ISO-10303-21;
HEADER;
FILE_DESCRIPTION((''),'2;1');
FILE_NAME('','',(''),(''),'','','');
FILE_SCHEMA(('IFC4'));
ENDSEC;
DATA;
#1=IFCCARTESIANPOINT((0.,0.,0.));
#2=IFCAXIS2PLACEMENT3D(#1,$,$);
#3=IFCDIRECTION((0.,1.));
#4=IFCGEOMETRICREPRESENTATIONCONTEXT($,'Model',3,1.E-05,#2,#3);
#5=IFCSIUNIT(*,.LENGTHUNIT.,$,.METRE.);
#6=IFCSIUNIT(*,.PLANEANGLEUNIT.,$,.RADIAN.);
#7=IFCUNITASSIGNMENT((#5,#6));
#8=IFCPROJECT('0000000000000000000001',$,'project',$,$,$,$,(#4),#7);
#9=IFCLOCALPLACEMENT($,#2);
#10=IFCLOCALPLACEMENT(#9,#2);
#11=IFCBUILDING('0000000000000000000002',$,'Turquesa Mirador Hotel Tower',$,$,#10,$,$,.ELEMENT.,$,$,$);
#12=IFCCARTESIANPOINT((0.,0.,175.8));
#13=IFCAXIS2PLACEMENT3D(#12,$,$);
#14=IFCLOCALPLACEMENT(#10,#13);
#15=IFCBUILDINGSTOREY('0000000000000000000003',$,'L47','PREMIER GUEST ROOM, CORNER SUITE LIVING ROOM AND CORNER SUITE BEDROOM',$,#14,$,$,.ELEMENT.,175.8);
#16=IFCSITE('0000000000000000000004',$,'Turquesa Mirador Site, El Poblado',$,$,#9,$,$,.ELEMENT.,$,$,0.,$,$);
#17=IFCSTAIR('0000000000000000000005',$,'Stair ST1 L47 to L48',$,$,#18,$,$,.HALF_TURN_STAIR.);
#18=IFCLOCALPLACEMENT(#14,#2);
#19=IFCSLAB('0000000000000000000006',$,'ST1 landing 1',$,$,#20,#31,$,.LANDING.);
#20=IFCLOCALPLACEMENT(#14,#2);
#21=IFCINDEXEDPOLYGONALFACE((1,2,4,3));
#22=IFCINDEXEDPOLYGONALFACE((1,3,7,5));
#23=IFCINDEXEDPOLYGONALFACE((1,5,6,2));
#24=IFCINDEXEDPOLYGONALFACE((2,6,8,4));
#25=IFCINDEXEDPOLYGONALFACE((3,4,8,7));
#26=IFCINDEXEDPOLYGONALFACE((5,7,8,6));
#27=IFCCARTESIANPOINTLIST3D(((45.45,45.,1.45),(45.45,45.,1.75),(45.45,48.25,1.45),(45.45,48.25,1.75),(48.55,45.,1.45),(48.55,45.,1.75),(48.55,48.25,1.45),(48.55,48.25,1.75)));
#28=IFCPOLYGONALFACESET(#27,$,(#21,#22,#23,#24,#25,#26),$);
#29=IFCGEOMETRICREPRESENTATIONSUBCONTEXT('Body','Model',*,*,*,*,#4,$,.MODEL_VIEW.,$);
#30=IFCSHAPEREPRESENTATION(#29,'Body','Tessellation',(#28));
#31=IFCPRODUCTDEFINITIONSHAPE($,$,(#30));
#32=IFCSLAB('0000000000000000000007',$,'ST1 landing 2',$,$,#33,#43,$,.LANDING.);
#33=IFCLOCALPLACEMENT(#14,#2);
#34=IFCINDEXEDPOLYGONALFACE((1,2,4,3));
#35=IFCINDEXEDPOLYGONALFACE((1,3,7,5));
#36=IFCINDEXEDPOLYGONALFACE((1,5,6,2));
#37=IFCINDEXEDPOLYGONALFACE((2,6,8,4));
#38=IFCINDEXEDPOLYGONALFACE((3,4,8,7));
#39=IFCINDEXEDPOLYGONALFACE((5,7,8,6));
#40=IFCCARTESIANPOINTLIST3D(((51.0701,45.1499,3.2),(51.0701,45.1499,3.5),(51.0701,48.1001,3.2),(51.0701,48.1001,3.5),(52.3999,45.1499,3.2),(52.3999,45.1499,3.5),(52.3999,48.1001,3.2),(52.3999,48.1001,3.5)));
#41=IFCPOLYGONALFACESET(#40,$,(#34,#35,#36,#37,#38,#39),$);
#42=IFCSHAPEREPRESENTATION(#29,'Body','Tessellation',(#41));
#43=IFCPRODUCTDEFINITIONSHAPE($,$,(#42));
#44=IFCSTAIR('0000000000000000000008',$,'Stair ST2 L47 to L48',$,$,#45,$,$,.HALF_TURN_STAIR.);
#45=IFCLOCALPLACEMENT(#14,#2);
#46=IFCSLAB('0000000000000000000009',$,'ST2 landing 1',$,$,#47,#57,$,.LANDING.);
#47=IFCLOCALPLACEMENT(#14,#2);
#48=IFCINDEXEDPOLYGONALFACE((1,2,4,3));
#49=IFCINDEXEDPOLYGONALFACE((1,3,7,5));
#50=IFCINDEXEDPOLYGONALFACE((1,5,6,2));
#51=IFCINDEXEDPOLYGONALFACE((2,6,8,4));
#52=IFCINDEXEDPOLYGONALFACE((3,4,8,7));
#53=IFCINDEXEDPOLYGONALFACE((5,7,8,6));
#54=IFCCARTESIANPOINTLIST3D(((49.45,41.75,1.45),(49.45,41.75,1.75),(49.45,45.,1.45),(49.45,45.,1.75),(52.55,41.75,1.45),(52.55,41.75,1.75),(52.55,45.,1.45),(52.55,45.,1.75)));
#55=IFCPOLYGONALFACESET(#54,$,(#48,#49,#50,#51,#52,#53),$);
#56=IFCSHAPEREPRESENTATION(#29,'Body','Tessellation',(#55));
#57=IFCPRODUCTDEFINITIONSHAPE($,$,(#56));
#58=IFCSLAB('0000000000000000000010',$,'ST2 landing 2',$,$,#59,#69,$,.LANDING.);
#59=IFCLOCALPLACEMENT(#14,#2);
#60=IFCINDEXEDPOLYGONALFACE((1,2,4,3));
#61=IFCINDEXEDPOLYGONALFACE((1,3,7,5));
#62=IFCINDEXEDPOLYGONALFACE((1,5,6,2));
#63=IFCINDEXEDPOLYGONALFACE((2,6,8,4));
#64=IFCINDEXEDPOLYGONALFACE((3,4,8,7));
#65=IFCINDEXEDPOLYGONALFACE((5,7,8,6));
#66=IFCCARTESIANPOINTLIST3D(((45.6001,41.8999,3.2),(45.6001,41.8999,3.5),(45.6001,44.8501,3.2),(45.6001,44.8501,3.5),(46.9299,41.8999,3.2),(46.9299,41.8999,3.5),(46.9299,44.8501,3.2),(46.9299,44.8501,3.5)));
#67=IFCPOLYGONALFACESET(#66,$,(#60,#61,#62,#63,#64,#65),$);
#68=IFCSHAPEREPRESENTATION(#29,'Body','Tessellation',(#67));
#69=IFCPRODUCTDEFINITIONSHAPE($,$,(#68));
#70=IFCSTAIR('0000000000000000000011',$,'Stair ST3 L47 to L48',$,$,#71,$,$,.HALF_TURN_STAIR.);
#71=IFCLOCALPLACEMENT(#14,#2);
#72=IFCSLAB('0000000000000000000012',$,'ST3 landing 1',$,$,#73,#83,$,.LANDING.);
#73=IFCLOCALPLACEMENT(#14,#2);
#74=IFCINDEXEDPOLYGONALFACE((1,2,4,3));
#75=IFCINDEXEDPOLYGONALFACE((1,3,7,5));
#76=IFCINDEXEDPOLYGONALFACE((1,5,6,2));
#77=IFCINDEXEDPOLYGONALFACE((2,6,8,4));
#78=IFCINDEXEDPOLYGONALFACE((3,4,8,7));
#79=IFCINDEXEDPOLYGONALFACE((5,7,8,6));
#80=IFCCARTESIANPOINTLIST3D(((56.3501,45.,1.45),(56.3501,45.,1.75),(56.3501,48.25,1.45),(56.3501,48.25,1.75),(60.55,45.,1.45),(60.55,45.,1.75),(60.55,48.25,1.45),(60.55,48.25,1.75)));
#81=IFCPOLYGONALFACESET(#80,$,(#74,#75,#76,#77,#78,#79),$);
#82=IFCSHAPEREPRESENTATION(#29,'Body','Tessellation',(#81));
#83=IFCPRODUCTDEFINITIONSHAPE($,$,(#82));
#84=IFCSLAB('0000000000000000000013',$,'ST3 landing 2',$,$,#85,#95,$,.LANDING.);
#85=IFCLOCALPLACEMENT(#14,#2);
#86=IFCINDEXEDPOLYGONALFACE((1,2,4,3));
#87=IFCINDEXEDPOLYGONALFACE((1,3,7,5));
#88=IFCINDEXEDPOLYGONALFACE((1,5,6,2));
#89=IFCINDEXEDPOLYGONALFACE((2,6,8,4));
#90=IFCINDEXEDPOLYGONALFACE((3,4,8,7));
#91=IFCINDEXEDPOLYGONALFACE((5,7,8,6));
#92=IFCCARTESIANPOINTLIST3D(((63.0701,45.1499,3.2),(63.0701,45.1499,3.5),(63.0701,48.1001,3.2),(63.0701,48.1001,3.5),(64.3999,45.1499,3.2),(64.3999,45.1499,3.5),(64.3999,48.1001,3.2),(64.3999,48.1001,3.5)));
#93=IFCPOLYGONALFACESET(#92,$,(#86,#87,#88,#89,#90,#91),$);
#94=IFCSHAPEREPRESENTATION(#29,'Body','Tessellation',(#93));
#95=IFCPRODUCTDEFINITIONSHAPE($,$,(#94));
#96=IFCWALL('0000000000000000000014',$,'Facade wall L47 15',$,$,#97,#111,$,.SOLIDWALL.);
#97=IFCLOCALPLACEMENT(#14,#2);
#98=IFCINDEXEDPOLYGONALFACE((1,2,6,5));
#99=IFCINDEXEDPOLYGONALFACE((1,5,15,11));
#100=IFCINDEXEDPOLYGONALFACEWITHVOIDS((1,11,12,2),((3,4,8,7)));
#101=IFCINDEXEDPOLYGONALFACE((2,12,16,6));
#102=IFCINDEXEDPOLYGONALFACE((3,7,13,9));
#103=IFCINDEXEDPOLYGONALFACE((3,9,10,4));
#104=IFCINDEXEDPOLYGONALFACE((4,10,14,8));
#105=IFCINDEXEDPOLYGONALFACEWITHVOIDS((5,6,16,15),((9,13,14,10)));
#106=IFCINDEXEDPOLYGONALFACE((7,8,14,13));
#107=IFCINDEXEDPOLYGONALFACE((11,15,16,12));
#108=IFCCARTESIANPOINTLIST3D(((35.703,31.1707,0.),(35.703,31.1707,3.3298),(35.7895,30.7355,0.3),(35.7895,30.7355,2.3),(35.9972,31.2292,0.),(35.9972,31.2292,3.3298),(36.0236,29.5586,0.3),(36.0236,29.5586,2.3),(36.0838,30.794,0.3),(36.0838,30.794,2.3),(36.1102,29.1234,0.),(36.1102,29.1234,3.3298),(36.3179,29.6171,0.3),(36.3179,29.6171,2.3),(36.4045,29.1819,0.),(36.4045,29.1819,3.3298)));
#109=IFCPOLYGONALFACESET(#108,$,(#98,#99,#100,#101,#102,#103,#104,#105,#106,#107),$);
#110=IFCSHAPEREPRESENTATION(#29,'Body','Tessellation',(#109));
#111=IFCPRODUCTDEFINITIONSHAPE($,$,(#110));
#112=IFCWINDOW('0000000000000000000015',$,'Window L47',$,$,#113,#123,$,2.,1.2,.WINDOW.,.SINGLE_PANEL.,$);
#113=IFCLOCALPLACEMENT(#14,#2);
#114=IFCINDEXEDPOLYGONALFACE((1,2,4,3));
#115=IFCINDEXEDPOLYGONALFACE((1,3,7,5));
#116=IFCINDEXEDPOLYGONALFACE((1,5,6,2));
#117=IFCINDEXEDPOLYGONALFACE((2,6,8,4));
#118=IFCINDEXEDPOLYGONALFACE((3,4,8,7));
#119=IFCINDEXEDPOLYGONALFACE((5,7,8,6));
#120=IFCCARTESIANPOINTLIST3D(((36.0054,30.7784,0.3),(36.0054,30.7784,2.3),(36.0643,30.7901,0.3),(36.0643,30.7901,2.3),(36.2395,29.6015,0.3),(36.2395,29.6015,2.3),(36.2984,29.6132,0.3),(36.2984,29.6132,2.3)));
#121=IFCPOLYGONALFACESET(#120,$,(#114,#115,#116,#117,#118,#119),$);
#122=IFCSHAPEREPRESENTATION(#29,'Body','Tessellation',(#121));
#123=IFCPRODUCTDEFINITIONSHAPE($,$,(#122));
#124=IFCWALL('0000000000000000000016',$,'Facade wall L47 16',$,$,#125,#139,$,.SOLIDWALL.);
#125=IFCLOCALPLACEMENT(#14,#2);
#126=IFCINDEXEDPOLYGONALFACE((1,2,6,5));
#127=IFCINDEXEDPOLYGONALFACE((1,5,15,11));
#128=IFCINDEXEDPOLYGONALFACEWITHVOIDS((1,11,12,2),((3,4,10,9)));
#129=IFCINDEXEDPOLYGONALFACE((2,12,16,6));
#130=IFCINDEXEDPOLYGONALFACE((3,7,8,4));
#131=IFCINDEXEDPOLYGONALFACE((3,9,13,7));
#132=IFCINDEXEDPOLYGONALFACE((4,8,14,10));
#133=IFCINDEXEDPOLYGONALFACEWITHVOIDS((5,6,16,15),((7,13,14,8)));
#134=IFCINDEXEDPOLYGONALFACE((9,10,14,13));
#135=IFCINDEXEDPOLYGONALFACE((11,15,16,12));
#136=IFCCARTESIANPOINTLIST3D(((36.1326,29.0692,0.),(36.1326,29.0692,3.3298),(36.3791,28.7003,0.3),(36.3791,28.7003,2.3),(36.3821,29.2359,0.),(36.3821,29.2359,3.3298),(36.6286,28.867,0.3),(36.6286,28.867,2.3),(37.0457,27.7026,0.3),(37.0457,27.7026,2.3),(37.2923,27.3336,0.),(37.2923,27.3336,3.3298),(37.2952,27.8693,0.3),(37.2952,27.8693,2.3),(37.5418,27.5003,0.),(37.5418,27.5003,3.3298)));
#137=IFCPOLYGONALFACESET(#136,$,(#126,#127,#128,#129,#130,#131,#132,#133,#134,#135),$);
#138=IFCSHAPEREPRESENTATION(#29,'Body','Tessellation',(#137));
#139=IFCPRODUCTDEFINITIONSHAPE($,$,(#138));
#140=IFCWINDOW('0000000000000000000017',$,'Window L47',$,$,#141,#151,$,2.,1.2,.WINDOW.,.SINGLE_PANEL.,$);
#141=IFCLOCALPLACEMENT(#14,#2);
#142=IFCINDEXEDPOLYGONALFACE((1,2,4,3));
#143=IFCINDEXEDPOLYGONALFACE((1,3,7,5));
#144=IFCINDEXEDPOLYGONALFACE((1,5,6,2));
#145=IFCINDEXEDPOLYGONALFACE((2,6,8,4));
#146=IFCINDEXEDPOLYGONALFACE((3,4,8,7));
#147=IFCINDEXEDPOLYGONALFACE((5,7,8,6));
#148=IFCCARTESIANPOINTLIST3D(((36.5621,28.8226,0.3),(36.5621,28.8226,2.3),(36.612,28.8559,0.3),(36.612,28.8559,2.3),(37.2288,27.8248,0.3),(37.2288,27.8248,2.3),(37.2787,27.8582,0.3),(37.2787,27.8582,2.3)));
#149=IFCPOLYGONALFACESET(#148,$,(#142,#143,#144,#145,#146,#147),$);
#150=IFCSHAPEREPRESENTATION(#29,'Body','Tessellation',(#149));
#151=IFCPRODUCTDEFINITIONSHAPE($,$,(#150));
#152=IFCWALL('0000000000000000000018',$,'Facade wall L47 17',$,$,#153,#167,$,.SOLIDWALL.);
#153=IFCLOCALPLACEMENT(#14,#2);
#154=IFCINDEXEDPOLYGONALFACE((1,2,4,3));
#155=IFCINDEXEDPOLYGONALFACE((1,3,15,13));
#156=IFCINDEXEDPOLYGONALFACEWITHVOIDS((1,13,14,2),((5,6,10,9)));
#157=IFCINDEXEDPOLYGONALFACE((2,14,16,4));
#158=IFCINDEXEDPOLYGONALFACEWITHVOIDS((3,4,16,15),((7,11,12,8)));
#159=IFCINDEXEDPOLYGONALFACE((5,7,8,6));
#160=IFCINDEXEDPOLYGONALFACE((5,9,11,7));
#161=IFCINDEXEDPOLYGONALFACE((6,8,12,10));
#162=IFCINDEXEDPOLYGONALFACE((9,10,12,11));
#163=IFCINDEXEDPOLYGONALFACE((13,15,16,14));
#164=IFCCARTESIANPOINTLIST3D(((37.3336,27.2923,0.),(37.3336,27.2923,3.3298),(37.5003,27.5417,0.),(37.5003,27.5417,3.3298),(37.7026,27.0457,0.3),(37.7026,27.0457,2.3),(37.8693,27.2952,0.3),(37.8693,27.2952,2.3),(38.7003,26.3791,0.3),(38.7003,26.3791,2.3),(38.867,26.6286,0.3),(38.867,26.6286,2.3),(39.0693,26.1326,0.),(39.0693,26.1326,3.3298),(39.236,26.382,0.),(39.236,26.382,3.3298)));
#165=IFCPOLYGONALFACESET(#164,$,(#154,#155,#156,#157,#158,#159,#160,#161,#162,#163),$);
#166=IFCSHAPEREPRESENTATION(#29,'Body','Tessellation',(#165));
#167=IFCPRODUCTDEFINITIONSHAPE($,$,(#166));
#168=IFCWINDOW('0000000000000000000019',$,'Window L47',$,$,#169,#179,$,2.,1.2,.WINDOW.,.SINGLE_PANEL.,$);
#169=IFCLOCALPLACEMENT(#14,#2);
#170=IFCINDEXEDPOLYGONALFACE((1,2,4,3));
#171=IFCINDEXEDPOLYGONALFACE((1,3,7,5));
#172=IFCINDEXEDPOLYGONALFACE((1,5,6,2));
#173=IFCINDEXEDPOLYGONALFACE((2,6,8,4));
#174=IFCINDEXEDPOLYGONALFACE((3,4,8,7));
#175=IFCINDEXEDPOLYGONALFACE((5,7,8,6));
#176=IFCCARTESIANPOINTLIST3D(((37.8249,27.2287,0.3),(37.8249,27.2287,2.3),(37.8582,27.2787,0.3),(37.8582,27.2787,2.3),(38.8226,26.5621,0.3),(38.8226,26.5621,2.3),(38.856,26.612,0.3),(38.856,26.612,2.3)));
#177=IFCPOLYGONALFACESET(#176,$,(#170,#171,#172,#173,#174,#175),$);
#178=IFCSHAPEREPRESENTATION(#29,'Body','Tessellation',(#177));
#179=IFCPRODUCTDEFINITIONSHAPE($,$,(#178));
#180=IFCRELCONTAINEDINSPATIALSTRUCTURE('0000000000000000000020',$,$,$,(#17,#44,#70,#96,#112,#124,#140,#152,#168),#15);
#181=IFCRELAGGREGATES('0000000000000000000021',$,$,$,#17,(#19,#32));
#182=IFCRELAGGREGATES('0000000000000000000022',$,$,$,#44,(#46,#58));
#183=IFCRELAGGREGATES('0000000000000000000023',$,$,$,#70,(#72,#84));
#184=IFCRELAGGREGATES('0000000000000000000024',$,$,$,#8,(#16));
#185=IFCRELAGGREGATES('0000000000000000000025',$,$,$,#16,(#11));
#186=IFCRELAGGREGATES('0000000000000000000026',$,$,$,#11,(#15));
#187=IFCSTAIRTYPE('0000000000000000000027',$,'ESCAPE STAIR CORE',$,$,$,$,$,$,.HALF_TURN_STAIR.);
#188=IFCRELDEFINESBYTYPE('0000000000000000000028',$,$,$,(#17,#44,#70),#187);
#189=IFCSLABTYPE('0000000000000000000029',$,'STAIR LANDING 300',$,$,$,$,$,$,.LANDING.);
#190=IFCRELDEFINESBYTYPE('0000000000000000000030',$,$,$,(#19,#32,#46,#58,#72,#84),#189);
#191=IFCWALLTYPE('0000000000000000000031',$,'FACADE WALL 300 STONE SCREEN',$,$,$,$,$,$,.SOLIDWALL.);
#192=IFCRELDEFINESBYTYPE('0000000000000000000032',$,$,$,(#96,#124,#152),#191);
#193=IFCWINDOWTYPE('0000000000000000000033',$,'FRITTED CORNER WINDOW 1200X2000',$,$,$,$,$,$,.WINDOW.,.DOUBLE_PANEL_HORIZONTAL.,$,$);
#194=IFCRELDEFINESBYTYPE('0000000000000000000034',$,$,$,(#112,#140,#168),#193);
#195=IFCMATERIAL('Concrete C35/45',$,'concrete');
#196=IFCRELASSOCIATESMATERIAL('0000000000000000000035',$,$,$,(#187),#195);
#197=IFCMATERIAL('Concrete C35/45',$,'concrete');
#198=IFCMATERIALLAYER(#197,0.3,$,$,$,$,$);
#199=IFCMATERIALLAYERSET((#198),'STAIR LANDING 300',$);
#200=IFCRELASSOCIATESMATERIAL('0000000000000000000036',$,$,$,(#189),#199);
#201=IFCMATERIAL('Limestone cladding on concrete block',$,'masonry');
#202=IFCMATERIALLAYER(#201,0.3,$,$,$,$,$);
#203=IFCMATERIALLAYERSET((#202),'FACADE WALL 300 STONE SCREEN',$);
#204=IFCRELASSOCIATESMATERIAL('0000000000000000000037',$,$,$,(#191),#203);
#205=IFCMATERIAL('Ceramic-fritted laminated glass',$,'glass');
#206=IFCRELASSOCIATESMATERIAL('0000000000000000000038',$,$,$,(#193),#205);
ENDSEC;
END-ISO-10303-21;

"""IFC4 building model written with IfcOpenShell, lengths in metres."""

from ifc_helpers import new_model, si_unit, direction, frame, frame_2d, origin, place, context, subcontext, project, spatial, polyline, rectangle, outline, extrude, material, layer, layer_set, type_object, element, fill, aggregate, save


model = new_model("IFC4")

# Units and contexts
model_context = context("Model", 3, precision=1e-05, world=origin(), true_north=direction((0.0, 1.0)))
body_context = subcontext(model_context, "Body", "Model", "MODEL_VIEW")
ifc_project = project(units=[si_unit("LENGTHUNIT", "METRE"), si_unit("PLANEANGLEUNIT", "RADIAN")], contexts=[model_context])

# Site, building, storey
site_placement = place(None, origin())
site = spatial("IfcSite", under=ifc_project, at=site_placement, Name="Turquesa Mirador Site, El Poblado", CompositionType="ELEMENT", RefElevation=0.0)
building_placement = place(site_placement, origin())
building = spatial("IfcBuilding", under=site, at=building_placement, Name="Turquesa Mirador Hotel Tower", CompositionType="ELEMENT")
storey_placement = place(building_placement, frame((0.0, 0.0, 175.8)))
storey = spatial("IfcBuildingStorey", under=building, at=storey_placement, Name="L47", Description="PREMIER GUEST ROOM, CORNER SUITE LIVING ROOM AND CORNER SUITE BEDROOM", CompositionType="ELEMENT", Elevation=175.8)

# Stairs, slabs
ifc_material_1 = material(Name="Concrete C35/45", Category="concrete")
stair_type = type_object("IfcStairType", Name="ESCAPE STAIR CORE", PredefinedType="HALF_TURN_STAIR", material=ifc_material_1)
stair_1_placement = place(storey_placement, origin())
stair_1 = element("IfcStair", 1, at=stair_1_placement, inside=storey, type_object=stair_type, Name="Stair ST1 L47 to L48", PredefinedType="HALF_TURN_STAIR")
ifc_material_2 = material(Name="Concrete C35/45", Category="concrete")
ifc_layer_1 = layer(ifc_material_2, 0.3)
ifc_layer_set_1 = layer_set([ifc_layer_1], Name="STAIR LANDING 300")
slab_type_1 = type_object("IfcSlabType", Name="STAIR LANDING 300", PredefinedType="LANDING", material=ifc_layer_set_1)
slab_1_placement = place(storey_placement, frame((0.0, 0.0, 1.45)))
slab_1 = element("IfcSlab", 2, at=slab_1_placement, type_object=slab_type_1, Name="ST1 landing 1", PredefinedType="LANDING", context=body_context, shape_type="SweptSolid", body=[
    extrude(outline(polyline([(45.45, 45.0), (48.55, 45.0), (48.55, 48.25), (45.45, 48.25), (45.45, 45.0)])), origin(), (0.0, 0.0, 1.0), 0.3),
])
slab_2_placement = place(storey_placement, frame((0.0, 0.0, 3.2)))
slab_2 = element("IfcSlab", 3, at=slab_2_placement, type_object=slab_type_1, Name="ST1 landing 2", PredefinedType="LANDING", context=body_context, shape_type="SweptSolid", body=[
    extrude(outline(polyline([(51.0701, 45.1499), (52.3999, 45.1499), (52.3999, 48.1001), (51.0701, 48.1001), (51.0701, 45.1499)])), origin(), (0.0, 0.0, 1.0), 0.3),
])
aggregate(stair_1, [slab_1, slab_2])
stair_2_placement = place(storey_placement, origin())
stair_2 = element("IfcStair", 4, at=stair_2_placement, inside=storey, type_object=stair_type, Name="Stair ST2 L47 to L48", PredefinedType="HALF_TURN_STAIR")
slab_3_placement = place(storey_placement, frame((0.0, 0.0, 1.45)))
slab_3 = element("IfcSlab", 5, at=slab_3_placement, type_object=slab_type_1, Name="ST2 landing 1", PredefinedType="LANDING", context=body_context, shape_type="SweptSolid", body=[
    extrude(outline(polyline([(52.55, 45.0), (49.45, 45.0), (49.45, 41.75), (52.55, 41.75), (52.55, 45.0)])), origin(), (0.0, 0.0, 1.0), 0.3),
])
slab_4_placement = place(storey_placement, frame((0.0, 0.0, 3.2)))
slab_4 = element("IfcSlab", 6, at=slab_4_placement, type_object=slab_type_1, Name="ST2 landing 2", PredefinedType="LANDING", context=body_context, shape_type="SweptSolid", body=[
    extrude(outline(polyline([(46.9299, 44.8501), (45.6001, 44.8501), (45.6001, 41.8999), (46.9299, 41.8999), (46.9299, 44.8501)])), origin(), (0.0, 0.0, 1.0), 0.3),
])
aggregate(stair_2, [slab_3, slab_4])
stair_3_placement = place(storey_placement, origin())
stair_3 = element("IfcStair", 7, at=stair_3_placement, inside=storey, type_object=stair_type, Name="Stair ST3 L47 to L48", PredefinedType="HALF_TURN_STAIR")
slab_5_placement = place(storey_placement, frame((0.0, 0.0, 1.45)))
slab_5 = element("IfcSlab", 8, at=slab_5_placement, type_object=slab_type_1, Name="ST3 landing 1", PredefinedType="LANDING", context=body_context, shape_type="SweptSolid", body=[
    extrude(outline(polyline([(56.3501, 45.0), (60.55, 45.0), (60.55, 48.25), (56.3501, 48.25), (56.3501, 45.0)])), origin(), (0.0, 0.0, 1.0), 0.3),
])
slab_6_placement = place(storey_placement, frame((0.0, 0.0, 3.2)))
slab_6 = element("IfcSlab", 9, at=slab_6_placement, type_object=slab_type_1, Name="ST3 landing 2", PredefinedType="LANDING", context=body_context, shape_type="SweptSolid", body=[
    extrude(outline(polyline([(63.0701, 45.1499), (64.3999, 45.1499), (64.3999, 48.1001), (63.0701, 48.1001), (63.0701, 45.1499)])), origin(), (0.0, 0.0, 1.0), 0.3),
])
aggregate(stair_3, [slab_5, slab_6])

# Walls, openings, windows
ifc_material_3 = material(Name="Limestone cladding on concrete block", Category="masonry")
ifc_layer_2 = layer(ifc_material_3, 0.3)
ifc_layer_set_2 = layer_set([ifc_layer_2], Name="FACADE WALL 300 STONE SCREEN")
wall_type_1 = type_object("IfcWallType", Name="FACADE WALL 300 STONE SCREEN", PredefinedType="SOLIDWALL", material=ifc_layer_set_2)
wall_1_placement = place(storey_placement, frame((35.8501, 31.2, 0.0), z_axis=(0.0, 0.0, 1.0), x_axis=(0.195081, -0.980787, 0.0)))
wall_1 = element("IfcWall", 10, at=wall_1_placement, inside=storey, type_object=wall_type_1, Name="Facade wall L47 15", PredefinedType="SOLIDWALL", context=body_context, shape_type="SweptSolid", body=[
    extrude(rectangle(XDim=2.0874, YDim=0.3, at=frame_2d((1.0437, 0.0))), origin(), (0.0, 0.0, 1.0), 3.3298),
])
opening_1_placement = place(wall_1_placement, frame((0.4436, 0.0, 0.3)))
opening_1 = element("IfcOpeningElement", 11, at=opening_1_placement, cuts=wall_1, PredefinedType="OPENING", context=body_context, shape_type="SweptSolid", body=[
    extrude(rectangle(XDim=1.2, YDim=2.0, at=frame_2d((0.6001, 1.0))), frame((0.0, 0.1599, 0.0), z_axis=(0.0, -1.0, 0.0), x_axis=(1.0, 0.0, 0.0)), (0.0, 0.0, 1.0), 0.3201),
])
ifc_material_4 = material(Name="Ceramic-fritted laminated glass", Category="glass")
window_type_1 = type_object("IfcWindowType", Name="FRITTED CORNER WINDOW 1200X2000", PartitioningType="DOUBLE_PANEL_HORIZONTAL", PredefinedType="WINDOW", material=ifc_material_4)
window_1_placement = place(opening_1_placement, origin())
window_1 = element("IfcWindow", 12, at=window_1_placement, inside=storey, type_object=window_type_1, Name="Window L47", OverallHeight=2.0, OverallWidth=1.2, PartitioningType="SINGLE_PANEL", PredefinedType="WINDOW", context=body_context, shape_type="SweptSolid", body=[
    extrude(rectangle(XDim=1.2, YDim=2.0, at=frame_2d((0.6001, 1.0))), frame((0.0, 0.1301, 0.0), z_axis=(0.0, -1.0, 0.0), x_axis=(1.0, 0.0, 0.0)), (0.0, 0.0, 1.0), 0.0601),
])
fill(opening_1, window_1)
wall_2_placement = place(storey_placement, frame((36.2573, 29.1526, 0.0), z_axis=(0.0, 0.0, 1.0), x_axis=(0.555564, -0.831474, 0.0)))
wall_2 = element("IfcWall", 13, at=wall_2_placement, inside=storey, type_object=wall_type_1, Name="Facade wall L47 16", PredefinedType="SOLIDWALL", context=body_context, shape_type="SweptSolid", body=[
    extrude(rectangle(XDim=2.0874, YDim=0.3, at=frame_2d((1.0437, 0.0))), origin(), (0.0, 0.0, 1.0), 3.3298),
])
opening_2_placement = place(wall_2_placement, frame((0.4436, 0.0, 0.3)))
opening_2 = element("IfcOpeningElement", 14, at=opening_2_placement, cuts=wall_2, PredefinedType="OPENING", context=body_context, shape_type="SweptSolid", body=[
    extrude(rectangle(XDim=1.2, YDim=2.0, at=frame_2d((0.6001, 1.0))), frame((0.0, 0.1599, 0.0), z_axis=(0.0, -1.0, 0.0), x_axis=(1.0, 0.0, 0.0)), (0.0, 0.0, 1.0), 0.3201),
])
window_2_placement = place(opening_2_placement, origin())
window_2 = element("IfcWindow", 15, at=window_2_placement, inside=storey, type_object=window_type_1, Name="Window L47", OverallHeight=2.0, OverallWidth=1.2, PartitioningType="SINGLE_PANEL", PredefinedType="WINDOW", context=body_context, shape_type="SweptSolid", body=[
    extrude(rectangle(XDim=1.2, YDim=2.0, at=frame_2d((0.6001, 1.0))), frame((0.0, 0.1301, 0.0), z_axis=(0.0, -1.0, 0.0), x_axis=(1.0, 0.0, 0.0)), (0.0, 0.0, 1.0), 0.0601),
])
fill(opening_2, window_2)
wall_3_placement = place(storey_placement, frame((37.417, 27.417, 0.0), z_axis=(0.0, 0.0, 1.0), x_axis=(0.831474, -0.555564, 0.0)))
wall_3 = element("IfcWall", 16, at=wall_3_placement, inside=storey, type_object=wall_type_1, Name="Facade wall L47 17", PredefinedType="SOLIDWALL", context=body_context, shape_type="SweptSolid", body=[
    extrude(rectangle(XDim=2.0874, YDim=0.3, at=frame_2d((1.0437, 0.0))), origin(), (0.0, 0.0, 1.0), 3.3298),
])
opening_3_placement = place(wall_3_placement, frame((0.4436, 0.0, 0.3)))
opening_3 = element("IfcOpeningElement", 17, at=opening_3_placement, cuts=wall_3, PredefinedType="OPENING", context=body_context, shape_type="SweptSolid", body=[
    extrude(rectangle(XDim=1.2, YDim=2.0, at=frame_2d((0.6001, 1.0))), frame((0.0, 0.1599, 0.0), z_axis=(0.0, -1.0, 0.0), x_axis=(1.0, 0.0, 0.0)), (0.0, 0.0, 1.0), 0.3201),
])
window_3_placement = place(opening_3_placement, origin())
window_3 = element("IfcWindow", 18, at=window_3_placement, inside=storey, type_object=window_type_1, Name="Window L47", OverallHeight=2.0, OverallWidth=1.2, PartitioningType="SINGLE_PANEL", PredefinedType="WINDOW", context=body_context, shape_type="SweptSolid", body=[
    extrude(rectangle(XDim=1.2, YDim=2.0, at=frame_2d((0.6001, 1.0))), frame((0.0, 0.1301, 0.0), z_axis=(0.0, -1.0, 0.0), x_axis=(1.0, 0.0, 0.0)), (0.0, 0.0, 1.0), 0.0601),
])
fill(opening_3, window_3)

save(model, "model.ifc")
